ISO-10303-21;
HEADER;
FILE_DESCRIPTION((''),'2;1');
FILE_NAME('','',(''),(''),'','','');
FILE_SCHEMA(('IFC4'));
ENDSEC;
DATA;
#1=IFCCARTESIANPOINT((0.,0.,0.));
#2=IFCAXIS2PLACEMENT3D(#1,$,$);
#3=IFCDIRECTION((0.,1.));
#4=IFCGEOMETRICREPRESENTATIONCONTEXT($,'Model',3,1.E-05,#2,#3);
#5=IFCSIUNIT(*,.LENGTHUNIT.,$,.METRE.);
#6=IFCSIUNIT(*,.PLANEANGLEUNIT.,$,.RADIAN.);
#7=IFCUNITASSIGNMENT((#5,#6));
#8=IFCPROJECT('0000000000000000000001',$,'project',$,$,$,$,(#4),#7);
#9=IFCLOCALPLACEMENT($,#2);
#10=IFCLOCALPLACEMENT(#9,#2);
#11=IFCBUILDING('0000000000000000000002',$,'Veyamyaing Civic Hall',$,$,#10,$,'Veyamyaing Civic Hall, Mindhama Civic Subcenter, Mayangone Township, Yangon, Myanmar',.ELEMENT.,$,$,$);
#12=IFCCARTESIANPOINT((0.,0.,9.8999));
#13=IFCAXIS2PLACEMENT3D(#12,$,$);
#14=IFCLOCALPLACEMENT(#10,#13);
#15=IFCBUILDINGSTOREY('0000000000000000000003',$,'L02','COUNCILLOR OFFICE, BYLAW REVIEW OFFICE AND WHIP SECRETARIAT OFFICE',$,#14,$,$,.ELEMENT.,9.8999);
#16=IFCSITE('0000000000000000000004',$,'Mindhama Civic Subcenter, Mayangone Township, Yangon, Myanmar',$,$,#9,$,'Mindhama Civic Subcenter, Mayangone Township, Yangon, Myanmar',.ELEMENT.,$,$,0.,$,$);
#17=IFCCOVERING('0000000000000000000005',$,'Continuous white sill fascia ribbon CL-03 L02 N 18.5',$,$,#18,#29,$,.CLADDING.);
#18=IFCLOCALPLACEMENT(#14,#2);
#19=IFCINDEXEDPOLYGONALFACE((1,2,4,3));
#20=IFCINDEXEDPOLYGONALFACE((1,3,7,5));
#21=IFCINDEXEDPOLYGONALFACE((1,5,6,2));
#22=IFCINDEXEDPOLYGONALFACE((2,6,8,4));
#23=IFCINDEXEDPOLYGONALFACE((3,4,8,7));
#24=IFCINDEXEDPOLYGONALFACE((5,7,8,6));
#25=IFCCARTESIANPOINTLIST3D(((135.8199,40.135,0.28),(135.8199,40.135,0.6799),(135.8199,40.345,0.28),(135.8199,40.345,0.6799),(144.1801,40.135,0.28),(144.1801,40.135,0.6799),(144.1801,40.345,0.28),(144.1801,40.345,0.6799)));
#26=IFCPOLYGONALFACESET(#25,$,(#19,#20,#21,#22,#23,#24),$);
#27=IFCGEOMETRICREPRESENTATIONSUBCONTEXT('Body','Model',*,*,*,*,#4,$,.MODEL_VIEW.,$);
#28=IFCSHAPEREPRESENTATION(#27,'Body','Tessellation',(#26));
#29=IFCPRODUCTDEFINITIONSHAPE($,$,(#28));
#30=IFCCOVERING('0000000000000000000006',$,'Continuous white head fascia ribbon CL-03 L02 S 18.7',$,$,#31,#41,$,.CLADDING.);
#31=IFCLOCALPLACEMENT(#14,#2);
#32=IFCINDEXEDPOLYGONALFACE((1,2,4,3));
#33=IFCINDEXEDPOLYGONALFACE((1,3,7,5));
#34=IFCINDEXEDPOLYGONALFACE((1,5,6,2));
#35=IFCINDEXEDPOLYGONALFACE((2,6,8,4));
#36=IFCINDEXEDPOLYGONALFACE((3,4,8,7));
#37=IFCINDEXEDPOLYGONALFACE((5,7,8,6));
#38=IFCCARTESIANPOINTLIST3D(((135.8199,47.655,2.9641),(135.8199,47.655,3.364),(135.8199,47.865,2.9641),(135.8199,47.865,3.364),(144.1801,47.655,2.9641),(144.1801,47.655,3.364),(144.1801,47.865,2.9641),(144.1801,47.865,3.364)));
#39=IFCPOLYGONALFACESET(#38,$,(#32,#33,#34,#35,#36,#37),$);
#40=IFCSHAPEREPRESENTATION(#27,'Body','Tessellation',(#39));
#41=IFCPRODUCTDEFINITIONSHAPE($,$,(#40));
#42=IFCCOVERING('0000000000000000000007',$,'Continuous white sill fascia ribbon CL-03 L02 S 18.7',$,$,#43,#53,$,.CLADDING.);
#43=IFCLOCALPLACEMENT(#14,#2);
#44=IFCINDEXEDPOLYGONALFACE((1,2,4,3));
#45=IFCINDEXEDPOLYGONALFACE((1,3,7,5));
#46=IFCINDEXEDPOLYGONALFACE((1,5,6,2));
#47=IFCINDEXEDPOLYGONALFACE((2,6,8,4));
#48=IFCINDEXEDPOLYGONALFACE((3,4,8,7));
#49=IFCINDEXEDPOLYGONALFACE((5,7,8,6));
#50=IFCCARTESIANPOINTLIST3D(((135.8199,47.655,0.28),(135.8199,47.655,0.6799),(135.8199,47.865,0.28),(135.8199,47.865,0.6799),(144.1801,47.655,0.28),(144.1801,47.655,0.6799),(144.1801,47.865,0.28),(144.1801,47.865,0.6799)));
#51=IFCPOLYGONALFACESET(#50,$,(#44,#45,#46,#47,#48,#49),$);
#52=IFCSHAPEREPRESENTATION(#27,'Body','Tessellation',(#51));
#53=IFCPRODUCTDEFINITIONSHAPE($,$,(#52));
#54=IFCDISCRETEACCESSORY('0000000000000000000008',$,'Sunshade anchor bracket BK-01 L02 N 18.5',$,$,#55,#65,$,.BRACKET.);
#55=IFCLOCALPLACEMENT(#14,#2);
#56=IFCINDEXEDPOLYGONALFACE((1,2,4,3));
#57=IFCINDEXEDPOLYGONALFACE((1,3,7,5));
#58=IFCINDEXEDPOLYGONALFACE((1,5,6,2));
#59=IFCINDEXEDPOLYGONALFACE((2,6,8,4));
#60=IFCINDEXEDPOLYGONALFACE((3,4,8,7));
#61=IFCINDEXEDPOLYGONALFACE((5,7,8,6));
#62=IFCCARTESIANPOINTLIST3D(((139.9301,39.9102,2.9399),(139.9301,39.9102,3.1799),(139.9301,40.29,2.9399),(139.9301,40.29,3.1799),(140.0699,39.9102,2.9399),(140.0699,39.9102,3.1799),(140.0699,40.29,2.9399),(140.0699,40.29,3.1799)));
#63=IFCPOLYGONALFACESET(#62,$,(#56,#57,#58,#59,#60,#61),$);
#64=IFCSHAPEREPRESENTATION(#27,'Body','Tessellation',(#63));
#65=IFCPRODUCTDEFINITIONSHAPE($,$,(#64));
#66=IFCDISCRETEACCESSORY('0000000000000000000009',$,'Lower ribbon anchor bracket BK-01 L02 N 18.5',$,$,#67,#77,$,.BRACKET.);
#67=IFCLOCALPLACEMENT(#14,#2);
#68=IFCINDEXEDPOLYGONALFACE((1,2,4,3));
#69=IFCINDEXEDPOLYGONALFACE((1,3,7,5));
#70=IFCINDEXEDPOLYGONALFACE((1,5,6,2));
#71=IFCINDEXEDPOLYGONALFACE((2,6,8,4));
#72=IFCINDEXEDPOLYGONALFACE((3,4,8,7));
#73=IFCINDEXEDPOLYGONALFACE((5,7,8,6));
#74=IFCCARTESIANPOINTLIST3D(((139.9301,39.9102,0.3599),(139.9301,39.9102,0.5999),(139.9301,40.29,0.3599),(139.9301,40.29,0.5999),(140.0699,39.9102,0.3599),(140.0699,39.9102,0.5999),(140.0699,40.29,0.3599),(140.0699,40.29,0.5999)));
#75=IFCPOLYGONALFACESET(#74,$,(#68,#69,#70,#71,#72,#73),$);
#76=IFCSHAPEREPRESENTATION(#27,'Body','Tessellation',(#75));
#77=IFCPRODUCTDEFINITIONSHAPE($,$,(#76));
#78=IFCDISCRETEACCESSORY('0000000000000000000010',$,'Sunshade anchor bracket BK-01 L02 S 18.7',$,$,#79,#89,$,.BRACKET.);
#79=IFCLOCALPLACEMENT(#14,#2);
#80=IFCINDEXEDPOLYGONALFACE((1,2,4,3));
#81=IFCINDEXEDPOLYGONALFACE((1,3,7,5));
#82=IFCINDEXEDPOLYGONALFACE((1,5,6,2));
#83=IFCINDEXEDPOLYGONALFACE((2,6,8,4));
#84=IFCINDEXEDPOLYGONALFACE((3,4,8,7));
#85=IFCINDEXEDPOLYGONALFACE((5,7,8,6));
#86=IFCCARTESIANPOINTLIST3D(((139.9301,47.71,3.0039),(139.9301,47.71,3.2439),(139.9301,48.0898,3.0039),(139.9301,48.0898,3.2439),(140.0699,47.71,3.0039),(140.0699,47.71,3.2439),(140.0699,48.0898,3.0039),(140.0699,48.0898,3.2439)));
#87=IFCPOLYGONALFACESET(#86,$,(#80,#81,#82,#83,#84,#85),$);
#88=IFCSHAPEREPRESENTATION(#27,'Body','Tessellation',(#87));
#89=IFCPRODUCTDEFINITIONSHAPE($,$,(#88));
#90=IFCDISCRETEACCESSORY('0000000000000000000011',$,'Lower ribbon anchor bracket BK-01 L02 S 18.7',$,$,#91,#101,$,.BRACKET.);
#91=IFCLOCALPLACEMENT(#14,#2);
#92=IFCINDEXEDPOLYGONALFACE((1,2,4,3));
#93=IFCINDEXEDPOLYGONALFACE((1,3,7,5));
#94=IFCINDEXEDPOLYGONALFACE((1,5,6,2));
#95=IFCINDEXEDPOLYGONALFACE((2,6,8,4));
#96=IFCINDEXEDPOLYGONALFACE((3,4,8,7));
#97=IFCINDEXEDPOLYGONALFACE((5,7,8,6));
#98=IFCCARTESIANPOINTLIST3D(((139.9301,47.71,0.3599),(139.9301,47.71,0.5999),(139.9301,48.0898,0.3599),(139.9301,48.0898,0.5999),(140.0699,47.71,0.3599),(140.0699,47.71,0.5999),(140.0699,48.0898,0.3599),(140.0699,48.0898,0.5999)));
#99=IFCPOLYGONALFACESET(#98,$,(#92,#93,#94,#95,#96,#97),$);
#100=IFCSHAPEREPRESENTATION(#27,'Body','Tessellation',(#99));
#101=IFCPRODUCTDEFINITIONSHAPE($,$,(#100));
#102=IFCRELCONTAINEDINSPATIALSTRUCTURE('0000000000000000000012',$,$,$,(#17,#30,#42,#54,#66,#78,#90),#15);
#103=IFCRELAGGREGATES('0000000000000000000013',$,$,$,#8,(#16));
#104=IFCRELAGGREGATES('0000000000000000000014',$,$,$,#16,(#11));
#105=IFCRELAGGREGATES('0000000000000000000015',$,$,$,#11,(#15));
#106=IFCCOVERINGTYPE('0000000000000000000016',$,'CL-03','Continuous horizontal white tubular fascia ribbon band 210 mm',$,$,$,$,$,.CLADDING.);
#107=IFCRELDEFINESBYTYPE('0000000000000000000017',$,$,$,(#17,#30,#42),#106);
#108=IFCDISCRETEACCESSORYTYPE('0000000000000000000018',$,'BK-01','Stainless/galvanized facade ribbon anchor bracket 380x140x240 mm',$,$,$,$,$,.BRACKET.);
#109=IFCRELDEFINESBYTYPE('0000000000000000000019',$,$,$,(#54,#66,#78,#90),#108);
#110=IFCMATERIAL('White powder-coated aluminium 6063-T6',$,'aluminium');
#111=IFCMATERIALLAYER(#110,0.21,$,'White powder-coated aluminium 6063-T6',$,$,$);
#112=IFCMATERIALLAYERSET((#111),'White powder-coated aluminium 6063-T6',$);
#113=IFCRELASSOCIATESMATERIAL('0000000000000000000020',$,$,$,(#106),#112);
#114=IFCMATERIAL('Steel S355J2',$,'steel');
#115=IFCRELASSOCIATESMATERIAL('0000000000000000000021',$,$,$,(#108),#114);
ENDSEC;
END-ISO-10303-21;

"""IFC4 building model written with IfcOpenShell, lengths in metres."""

from ifc_helpers import new_model, si_unit, direction, frame, origin, origin_2d, place, context, subcontext, project, spatial, rectangle, extrude, material, layer, layer_set, type_object, element, save


model = new_model("IFC4")

# Units and contexts
model_context = context("Model", 3, precision=1e-05, world=origin(), true_north=direction((0.0, 1.0)))
body_context = subcontext(model_context, "Body", "Model", "MODEL_VIEW")
ifc_project = project(units=[si_unit("LENGTHUNIT", "METRE"), si_unit("PLANEANGLEUNIT", "RADIAN")], contexts=[model_context])

# Site, building, storey
site_placement = place(None, origin())
site = spatial("IfcSite", under=ifc_project, at=site_placement, Name="Mindhama Civic Subcenter, Mayangone Township, Yangon, Myanmar", LongName="Mindhama Civic Subcenter, Mayangone Township, Yangon, Myanmar", CompositionType="ELEMENT", RefElevation=0.0)
building_placement = place(site_placement, origin())
building = spatial("IfcBuilding", under=site, at=building_placement, Name="Veyamyaing Civic Hall", LongName="Veyamyaing Civic Hall, Mindhama Civic Subcenter, Mayangone Township, Yangon, Myanmar", CompositionType="ELEMENT")
storey_placement = place(building_placement, frame((0.0, 0.0, 9.8999)))
storey = spatial("IfcBuildingStorey", under=building, at=storey_placement, Name="L02", Description="COUNCILLOR OFFICE, BYLAW REVIEW OFFICE AND WHIP SECRETARIAT OFFICE", CompositionType="ELEMENT", Elevation=9.8999)

# Coverings
ifc_material_1 = material(Name="White powder-coated aluminium 6063-T6", Category="aluminium")
ifc_layer_1 = layer(ifc_material_1, 0.21, Name="White powder-coated aluminium 6063-T6")
ifc_layer_set_1 = layer_set([ifc_layer_1], Name="White powder-coated aluminium 6063-T6")
covering_type = type_object("IfcCoveringType", Name="CL-03", Description="Continuous horizontal white tubular fascia ribbon band 210 mm", PredefinedType="CLADDING", material=ifc_layer_set_1)
for number, where, z_axis, x_axis, name in (
    (1, (140.0, 40.24, 0.28), (0.0, 0.0, 1.0), (1.0, 0.0, 0.0), "Continuous white sill fascia ribbon CL-03 L02 N 18.5"),
    (2, (140.0, 47.76, 2.9641), (0.0, 0.0, 1.0), (1.0, 0.0, 0.0), "Continuous white head fascia ribbon CL-03 L02 S 18.7"),
    (3, (140.0, 47.76, 0.28), (0.0, 0.0, 1.0), (1.0, 0.0, 0.0), "Continuous white sill fascia ribbon CL-03 L02 S 18.7"),
):
    element("IfcCovering", number, at=place(storey_placement, frame(where, z_axis=z_axis, x_axis=x_axis)), inside=storey, type_object=covering_type, Name=name, PredefinedType="CLADDING", context=body_context, shape_type="SweptSolid", body=[
        extrude(rectangle(XDim=8.3601, YDim=0.21, at=origin_2d()), origin(), (0.0, 0.0, 1.0), 0.3999),
    ])

# Discrete accessories
ifc_material_2 = material(Name="Steel S355J2", Category="steel")
discrete_accessory_type = type_object("IfcDiscreteAccessoryType", Name="BK-01", Description="Stainless/galvanized facade ribbon anchor bracket 380x140x240 mm", PredefinedType="BRACKET", material=ifc_material_2)
for number, where, z_axis, x_axis, name in (
    (4, (140.0, 40.1001, 2.9399), (0.0, 0.0, 1.0), (0.0, 1.0, 0.0), "Sunshade anchor bracket BK-01 L02 N 18.5"),
    (5, (140.0, 40.1001, 0.3599), (0.0, 0.0, 1.0), (0.0, 1.0, 0.0), "Lower ribbon anchor bracket BK-01 L02 N 18.5"),
    (6, (140.0, 47.8999, 3.0039), (0.0, 0.0, 1.0), (0.0, -1.0, 0.0), "Sunshade anchor bracket BK-01 L02 S 18.7"),
    (7, (140.0, 47.8999, 0.3599), (0.0, 0.0, 1.0), (0.0, -1.0, 0.0), "Lower ribbon anchor bracket BK-01 L02 S 18.7"),
):
    element("IfcDiscreteAccessory", number, at=place(storey_placement, frame(where, z_axis=z_axis, x_axis=x_axis)), inside=storey, type_object=discrete_accessory_type, Name=name, PredefinedType="BRACKET", context=body_context, shape_type="SweptSolid", body=[
        extrude(rectangle(XDim=0.3799, YDim=0.1399, at=origin_2d()), origin(), (0.0, 0.0, 1.0), 0.24),
    ])

save(model, "model.ifc")
